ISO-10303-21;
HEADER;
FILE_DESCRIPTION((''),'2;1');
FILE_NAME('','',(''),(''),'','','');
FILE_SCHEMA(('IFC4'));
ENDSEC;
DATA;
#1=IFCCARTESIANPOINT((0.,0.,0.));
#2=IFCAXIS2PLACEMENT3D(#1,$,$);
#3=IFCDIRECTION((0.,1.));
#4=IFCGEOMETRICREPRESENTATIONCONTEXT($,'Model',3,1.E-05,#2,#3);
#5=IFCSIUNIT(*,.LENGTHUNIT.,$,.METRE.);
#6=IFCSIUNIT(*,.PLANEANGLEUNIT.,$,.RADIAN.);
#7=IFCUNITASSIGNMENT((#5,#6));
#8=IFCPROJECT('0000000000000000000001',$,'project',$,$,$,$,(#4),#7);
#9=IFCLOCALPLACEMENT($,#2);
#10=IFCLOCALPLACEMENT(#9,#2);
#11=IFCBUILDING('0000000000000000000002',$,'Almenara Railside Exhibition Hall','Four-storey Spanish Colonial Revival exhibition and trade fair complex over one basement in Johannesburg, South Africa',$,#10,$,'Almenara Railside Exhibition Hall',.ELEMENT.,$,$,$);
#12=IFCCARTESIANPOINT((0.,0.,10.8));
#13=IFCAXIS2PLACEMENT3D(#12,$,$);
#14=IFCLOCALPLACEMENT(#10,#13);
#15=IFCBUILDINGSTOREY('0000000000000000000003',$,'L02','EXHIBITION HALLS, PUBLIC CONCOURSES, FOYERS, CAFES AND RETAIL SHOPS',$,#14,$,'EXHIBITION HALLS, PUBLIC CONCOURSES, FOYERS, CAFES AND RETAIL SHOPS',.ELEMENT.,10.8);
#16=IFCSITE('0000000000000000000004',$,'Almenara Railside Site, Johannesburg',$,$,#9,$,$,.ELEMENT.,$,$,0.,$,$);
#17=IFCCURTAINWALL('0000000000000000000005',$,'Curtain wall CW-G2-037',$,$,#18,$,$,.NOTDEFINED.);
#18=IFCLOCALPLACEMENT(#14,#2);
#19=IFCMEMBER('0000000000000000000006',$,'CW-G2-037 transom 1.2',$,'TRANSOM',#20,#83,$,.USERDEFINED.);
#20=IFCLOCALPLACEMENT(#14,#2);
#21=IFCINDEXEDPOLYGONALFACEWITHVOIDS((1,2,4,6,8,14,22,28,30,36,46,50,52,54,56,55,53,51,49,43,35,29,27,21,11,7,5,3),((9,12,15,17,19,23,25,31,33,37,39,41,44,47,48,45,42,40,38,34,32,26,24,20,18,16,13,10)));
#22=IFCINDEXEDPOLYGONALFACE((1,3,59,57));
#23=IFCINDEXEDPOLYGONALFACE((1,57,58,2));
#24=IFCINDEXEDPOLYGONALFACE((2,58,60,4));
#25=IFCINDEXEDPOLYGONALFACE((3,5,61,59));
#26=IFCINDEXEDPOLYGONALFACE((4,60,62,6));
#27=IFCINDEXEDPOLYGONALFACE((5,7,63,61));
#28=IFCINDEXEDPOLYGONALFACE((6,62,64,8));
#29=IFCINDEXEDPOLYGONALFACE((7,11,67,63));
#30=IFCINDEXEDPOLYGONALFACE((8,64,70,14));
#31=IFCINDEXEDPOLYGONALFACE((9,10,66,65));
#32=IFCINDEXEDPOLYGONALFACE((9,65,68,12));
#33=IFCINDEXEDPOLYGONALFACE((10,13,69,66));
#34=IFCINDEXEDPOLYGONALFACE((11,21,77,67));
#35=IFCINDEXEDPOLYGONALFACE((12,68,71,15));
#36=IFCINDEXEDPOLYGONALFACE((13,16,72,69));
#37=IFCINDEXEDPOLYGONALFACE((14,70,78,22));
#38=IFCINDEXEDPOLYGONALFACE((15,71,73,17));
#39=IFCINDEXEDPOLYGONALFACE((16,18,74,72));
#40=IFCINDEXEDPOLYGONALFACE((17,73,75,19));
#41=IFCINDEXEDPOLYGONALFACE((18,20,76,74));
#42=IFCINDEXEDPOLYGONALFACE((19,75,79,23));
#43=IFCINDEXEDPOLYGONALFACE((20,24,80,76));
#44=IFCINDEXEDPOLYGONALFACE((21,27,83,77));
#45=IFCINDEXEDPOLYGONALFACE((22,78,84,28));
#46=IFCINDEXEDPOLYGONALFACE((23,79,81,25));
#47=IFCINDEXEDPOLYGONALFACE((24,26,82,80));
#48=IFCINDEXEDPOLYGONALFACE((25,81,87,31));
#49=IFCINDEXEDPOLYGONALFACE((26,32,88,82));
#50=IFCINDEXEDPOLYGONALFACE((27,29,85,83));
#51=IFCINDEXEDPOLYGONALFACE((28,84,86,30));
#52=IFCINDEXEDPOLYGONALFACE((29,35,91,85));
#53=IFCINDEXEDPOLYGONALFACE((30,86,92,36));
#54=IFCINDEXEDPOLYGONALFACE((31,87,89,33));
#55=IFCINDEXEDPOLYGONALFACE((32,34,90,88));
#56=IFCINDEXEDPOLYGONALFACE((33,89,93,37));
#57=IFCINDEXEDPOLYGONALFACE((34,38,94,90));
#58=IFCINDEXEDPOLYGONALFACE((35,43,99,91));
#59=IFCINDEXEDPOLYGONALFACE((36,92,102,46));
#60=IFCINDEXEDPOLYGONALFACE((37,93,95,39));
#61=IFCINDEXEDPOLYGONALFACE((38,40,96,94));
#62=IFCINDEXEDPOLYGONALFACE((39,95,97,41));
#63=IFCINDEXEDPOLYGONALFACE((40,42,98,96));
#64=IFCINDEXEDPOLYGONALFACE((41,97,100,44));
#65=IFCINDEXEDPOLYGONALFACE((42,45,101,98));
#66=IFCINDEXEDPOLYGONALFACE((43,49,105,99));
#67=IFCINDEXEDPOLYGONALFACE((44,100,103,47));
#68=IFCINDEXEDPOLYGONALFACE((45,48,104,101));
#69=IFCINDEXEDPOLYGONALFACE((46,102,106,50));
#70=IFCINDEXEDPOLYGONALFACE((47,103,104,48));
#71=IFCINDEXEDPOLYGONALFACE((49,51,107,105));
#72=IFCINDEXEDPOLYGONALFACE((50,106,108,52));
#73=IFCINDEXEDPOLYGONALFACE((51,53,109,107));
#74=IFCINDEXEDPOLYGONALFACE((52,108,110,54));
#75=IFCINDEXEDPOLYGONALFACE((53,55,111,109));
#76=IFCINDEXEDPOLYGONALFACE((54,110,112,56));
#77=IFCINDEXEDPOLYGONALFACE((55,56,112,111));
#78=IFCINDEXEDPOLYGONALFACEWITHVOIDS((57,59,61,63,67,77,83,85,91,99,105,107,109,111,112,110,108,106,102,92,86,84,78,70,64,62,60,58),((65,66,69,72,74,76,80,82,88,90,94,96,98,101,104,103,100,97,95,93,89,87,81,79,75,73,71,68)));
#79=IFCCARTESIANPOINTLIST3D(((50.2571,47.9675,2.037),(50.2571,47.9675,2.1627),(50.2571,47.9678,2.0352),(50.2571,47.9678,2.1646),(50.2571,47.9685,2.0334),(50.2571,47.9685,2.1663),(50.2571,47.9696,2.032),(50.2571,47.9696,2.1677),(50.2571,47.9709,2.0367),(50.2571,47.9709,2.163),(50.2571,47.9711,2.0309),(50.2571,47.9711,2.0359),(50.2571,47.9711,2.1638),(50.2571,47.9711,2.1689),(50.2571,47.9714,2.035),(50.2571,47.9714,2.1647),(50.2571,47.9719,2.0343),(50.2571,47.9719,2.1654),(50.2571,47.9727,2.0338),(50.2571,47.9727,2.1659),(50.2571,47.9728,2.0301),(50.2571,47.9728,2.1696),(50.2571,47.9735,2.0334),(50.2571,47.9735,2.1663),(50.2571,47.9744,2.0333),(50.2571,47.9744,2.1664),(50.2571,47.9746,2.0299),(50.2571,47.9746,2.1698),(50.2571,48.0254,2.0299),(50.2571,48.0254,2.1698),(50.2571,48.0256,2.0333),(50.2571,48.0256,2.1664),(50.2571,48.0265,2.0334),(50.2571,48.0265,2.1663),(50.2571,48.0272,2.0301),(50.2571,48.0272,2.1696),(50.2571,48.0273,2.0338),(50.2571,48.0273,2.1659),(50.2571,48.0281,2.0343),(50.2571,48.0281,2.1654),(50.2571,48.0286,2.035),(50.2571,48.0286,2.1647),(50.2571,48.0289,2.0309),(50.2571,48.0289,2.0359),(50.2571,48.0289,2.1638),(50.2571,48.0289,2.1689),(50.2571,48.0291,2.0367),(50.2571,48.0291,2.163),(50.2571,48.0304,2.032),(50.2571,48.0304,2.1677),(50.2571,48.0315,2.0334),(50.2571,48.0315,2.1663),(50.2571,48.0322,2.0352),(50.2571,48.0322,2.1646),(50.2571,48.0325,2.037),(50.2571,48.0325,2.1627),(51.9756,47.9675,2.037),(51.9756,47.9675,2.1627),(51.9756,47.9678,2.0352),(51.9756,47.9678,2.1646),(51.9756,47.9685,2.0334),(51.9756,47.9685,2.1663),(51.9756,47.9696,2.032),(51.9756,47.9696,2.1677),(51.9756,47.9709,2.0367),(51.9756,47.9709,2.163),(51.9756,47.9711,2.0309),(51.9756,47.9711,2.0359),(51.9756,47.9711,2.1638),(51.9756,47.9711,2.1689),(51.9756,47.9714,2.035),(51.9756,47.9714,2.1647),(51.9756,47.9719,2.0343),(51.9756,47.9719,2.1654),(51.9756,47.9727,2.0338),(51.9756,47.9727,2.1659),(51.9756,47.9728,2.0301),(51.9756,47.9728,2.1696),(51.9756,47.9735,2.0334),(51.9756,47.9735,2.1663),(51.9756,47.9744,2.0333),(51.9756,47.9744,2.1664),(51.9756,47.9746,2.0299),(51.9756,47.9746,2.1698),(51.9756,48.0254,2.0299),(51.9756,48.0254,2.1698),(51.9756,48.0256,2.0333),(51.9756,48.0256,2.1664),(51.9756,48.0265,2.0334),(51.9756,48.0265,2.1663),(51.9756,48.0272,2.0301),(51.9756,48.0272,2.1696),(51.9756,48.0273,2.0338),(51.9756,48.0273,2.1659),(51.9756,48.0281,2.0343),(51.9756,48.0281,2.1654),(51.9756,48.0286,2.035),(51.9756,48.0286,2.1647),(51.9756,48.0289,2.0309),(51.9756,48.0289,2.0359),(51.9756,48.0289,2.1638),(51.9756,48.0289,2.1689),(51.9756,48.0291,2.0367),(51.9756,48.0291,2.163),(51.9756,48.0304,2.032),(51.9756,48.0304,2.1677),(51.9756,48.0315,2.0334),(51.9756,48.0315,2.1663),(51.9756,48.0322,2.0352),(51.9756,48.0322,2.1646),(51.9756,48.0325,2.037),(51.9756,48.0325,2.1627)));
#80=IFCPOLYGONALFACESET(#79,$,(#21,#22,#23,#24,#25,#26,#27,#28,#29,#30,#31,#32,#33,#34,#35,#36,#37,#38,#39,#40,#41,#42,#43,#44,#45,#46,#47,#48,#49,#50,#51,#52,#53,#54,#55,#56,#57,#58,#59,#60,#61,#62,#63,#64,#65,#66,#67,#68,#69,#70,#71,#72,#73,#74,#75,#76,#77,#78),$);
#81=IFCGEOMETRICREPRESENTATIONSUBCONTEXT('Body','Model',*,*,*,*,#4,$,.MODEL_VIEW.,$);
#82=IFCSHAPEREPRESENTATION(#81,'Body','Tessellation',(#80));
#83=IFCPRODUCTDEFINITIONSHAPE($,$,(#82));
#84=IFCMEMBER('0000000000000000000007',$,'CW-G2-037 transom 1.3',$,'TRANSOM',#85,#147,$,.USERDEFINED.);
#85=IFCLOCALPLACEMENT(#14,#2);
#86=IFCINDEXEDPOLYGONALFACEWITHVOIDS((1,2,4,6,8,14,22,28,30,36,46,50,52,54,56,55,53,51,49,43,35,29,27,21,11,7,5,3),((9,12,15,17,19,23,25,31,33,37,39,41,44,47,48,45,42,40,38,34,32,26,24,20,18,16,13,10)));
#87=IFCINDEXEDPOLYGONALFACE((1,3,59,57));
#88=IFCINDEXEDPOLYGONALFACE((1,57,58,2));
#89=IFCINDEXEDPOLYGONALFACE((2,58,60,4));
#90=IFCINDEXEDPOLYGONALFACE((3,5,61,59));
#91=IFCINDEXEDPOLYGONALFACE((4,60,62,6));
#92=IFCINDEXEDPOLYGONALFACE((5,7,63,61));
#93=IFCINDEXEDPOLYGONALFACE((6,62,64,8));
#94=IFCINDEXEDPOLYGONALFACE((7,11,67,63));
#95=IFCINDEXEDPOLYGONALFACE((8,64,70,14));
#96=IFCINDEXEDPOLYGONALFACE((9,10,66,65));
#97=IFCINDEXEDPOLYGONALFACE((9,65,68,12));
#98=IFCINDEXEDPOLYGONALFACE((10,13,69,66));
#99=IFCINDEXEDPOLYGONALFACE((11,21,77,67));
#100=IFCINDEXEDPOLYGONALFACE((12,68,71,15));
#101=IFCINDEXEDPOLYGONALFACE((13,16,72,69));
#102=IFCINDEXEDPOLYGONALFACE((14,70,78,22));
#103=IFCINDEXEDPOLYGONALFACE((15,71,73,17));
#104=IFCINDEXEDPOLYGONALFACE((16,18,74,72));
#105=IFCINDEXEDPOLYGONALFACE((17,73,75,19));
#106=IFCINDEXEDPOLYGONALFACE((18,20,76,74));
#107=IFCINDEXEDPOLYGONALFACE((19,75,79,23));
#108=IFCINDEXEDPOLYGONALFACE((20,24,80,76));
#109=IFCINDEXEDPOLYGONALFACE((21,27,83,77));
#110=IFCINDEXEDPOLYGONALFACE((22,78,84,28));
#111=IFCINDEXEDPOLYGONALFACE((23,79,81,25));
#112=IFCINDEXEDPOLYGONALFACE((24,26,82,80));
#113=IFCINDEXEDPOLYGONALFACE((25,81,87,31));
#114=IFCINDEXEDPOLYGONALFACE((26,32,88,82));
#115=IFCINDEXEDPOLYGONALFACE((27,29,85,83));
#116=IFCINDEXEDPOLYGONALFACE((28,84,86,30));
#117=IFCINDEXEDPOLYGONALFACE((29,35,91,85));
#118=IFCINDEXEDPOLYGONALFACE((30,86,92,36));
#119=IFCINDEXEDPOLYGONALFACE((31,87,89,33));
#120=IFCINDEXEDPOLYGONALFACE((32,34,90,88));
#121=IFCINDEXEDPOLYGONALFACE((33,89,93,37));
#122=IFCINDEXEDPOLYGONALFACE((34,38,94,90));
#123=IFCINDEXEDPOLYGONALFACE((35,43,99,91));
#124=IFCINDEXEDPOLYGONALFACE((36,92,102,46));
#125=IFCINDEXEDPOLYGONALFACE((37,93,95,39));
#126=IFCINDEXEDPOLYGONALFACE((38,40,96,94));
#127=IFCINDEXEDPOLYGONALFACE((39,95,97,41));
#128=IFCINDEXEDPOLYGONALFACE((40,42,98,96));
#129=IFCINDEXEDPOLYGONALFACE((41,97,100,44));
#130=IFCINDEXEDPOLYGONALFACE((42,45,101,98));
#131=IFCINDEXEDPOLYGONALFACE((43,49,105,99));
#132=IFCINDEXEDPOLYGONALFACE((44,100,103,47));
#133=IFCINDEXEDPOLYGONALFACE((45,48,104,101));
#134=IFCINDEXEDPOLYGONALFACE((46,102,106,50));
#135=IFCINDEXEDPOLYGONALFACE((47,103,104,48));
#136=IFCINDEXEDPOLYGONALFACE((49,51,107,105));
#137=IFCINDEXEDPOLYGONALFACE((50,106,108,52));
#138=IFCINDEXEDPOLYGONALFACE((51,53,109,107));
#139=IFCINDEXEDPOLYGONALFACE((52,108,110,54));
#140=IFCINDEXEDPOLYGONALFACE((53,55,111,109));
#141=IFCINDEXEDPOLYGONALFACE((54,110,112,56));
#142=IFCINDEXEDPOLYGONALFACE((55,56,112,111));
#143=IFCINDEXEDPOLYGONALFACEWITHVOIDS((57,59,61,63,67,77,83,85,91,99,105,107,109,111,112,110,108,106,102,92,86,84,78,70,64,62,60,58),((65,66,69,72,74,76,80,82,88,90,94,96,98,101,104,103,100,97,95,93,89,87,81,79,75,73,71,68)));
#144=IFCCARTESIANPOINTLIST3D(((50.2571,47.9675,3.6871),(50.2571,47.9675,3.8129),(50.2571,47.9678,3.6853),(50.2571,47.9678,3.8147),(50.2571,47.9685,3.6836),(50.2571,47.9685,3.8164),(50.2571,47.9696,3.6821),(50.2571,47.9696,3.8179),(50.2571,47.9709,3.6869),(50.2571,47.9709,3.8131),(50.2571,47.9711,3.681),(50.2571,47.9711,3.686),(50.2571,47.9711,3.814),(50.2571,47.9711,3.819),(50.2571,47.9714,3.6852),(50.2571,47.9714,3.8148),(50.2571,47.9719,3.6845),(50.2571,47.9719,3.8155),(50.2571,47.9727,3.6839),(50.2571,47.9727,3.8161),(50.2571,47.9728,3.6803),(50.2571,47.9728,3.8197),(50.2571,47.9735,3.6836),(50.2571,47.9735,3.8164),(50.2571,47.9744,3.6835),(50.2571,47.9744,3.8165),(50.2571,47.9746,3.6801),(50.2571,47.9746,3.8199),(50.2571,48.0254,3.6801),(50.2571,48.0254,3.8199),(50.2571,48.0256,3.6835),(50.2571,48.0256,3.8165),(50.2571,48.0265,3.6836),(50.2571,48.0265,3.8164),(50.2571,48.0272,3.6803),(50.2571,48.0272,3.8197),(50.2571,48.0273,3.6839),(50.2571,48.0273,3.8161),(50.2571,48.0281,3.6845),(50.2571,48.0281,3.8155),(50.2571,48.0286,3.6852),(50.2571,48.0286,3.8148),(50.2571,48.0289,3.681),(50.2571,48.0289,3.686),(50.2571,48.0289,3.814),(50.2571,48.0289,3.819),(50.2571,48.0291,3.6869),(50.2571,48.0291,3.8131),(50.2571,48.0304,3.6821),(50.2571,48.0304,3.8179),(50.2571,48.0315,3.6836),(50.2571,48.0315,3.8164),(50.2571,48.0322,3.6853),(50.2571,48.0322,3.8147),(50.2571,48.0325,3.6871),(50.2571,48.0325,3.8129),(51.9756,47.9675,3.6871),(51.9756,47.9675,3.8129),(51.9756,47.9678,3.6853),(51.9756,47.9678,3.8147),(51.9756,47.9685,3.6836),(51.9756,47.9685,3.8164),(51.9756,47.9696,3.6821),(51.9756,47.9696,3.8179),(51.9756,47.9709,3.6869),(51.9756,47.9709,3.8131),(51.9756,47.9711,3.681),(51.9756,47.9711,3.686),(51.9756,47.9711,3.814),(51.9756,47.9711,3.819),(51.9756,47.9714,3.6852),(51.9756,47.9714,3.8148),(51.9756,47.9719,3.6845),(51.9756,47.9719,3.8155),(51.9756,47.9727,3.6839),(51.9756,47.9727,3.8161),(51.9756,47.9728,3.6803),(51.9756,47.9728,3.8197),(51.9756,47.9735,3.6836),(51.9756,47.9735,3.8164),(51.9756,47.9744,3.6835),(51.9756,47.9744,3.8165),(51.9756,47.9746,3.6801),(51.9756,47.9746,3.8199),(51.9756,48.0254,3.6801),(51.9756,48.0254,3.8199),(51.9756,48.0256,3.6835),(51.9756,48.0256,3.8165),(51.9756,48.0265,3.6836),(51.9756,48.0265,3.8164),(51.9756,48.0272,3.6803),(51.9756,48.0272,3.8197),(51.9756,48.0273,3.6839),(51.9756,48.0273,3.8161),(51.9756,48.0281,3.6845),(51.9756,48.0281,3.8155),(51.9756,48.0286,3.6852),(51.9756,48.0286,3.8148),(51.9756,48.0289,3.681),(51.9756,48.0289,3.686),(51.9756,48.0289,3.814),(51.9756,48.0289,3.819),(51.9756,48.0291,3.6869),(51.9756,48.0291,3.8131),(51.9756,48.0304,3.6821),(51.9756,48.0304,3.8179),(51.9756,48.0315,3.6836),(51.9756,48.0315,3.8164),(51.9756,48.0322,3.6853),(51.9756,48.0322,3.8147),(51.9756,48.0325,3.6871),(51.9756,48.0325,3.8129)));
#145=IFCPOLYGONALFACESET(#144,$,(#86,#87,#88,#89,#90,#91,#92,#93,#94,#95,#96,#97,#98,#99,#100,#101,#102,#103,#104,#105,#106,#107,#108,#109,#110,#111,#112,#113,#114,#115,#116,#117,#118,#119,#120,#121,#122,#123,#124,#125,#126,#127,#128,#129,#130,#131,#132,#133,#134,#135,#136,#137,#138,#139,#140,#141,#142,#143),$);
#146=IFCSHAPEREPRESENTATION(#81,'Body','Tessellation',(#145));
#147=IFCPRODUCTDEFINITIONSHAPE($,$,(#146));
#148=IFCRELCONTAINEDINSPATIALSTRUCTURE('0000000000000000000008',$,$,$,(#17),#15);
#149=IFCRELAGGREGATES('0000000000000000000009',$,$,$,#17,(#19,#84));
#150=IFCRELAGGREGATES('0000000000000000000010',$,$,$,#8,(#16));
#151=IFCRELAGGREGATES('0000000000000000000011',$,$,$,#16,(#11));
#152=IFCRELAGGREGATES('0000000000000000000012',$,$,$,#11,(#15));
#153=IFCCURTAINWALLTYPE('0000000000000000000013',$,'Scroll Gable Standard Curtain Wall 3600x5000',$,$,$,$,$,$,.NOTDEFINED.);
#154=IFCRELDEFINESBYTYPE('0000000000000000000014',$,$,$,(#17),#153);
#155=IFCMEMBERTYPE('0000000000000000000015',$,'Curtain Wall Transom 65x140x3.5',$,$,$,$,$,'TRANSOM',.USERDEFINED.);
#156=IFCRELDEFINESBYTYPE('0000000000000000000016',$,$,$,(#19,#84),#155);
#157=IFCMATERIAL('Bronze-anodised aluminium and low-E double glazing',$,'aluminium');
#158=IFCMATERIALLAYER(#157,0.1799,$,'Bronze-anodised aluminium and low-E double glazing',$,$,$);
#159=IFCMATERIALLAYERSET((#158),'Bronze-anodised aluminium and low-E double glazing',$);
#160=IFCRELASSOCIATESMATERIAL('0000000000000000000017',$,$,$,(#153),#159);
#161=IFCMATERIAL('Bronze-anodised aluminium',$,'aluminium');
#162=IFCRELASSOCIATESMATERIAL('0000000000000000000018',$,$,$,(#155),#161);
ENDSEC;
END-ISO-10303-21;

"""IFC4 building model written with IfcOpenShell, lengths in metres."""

from ifc_helpers import new_model, si_unit, direction, frame, origin, origin_2d, place, context, subcontext, project, spatial, hollow_rectangle, extrude, material, layer, layer_set, material_profile, profile_set, type_object, element, aggregate, save


model = new_model("IFC4")

# Units and contexts
model_context = context("Model", 3, precision=1e-05, world=origin(), true_north=direction((0.0, 1.0)))
body_context = subcontext(model_context, "Body", "Model", "MODEL_VIEW")
ifc_project = project(units=[si_unit("LENGTHUNIT", "METRE"), si_unit("PLANEANGLEUNIT", "RADIAN")], contexts=[model_context])

# Site, building, storey
site_placement = place(None, origin())
site = spatial("IfcSite", under=ifc_project, at=site_placement, Name="Almenara Railside Site, Johannesburg", CompositionType="ELEMENT", RefElevation=0.0)
building_placement = place(site_placement, origin())
building = spatial("IfcBuilding", under=site, at=building_placement, Name="Almenara Railside Exhibition Hall", Description="Four-storey Spanish Colonial Revival exhibition and trade fair complex over one basement in Johannesburg, South Africa", LongName="Almenara Railside Exhibition Hall", CompositionType="ELEMENT")
storey_placement = place(building_placement, frame((0.0, 0.0, 10.8)))
storey = spatial("IfcBuildingStorey", under=building, at=storey_placement, Name="L02", Description="EXHIBITION HALLS, PUBLIC CONCOURSES, FOYERS, CAFES AND RETAIL SHOPS", LongName="EXHIBITION HALLS, PUBLIC CONCOURSES, FOYERS, CAFES AND RETAIL SHOPS", CompositionType="ELEMENT", Elevation=10.8)

# Curtain wall
ifc_material_1 = material(Name="Bronze-anodised aluminium and low-E double glazing", Category="aluminium")
ifc_layer_1 = layer(ifc_material_1, 0.1799, Name="Bronze-anodised aluminium and low-E double glazing")
ifc_layer_set_1 = layer_set([ifc_layer_1], Name="Bronze-anodised aluminium and low-E double glazing")
curtain_wall_type_1 = type_object("IfcCurtainWallType", Name="Scroll Gable Standard Curtain Wall 3600x5000", PredefinedType="NOTDEFINED", material=ifc_layer_set_1)
curtain_wall_1_placement = place(storey_placement, origin())
curtain_wall_1 = element("IfcCurtainWall", 1, at=curtain_wall_1_placement, inside=storey, type_object=curtain_wall_type_1, Name="Curtain wall CW-G2-037", PredefinedType="NOTDEFINED")
ifc_material_2 = material(Name="Bronze-anodised aluminium", Category="aluminium")

# Members
ifc_material_profile_1 = material_profile(ifc_material_2, hollow_rectangle(XDim=0.0649, YDim=0.1399, WallThickness=0.0034, InnerFilletRadius=0.0034, OuterFilletRadius=0.0071, at=origin_2d()), Name="ALU-TRN 65x140x3.5")
ifc_profile_set_1 = profile_set([ifc_material_profile_1], Name="Bronze-anodised aluminium")
member_type_1 = type_object("IfcMemberType", Name="Curtain Wall Transom 65x140x3.5", ElementType="TRANSOM", PredefinedType="USERDEFINED", material=ifc_profile_set_1)
member_1_placement = place(storey_placement, frame((50.2571, 48.0, 2.0999), z_axis=(1.0, 0.0, 0.0), x_axis=(0.0, 1.0, 0.0)))
member_1 = element("IfcMember", 2, at=member_1_placement, type_object=member_type_1, Name="CW-G2-037 transom 1.2", ObjectType="TRANSOM", PredefinedType="USERDEFINED", context=body_context, shape_type="SweptSolid", body=[
    extrude(hollow_rectangle(XDim=0.0649, YDim=0.1399, WallThickness=0.0034, InnerFilletRadius=0.0034, OuterFilletRadius=0.0071, at=origin_2d()), origin(), (0.0, 0.0, 1.0), 1.7185),
])
member_2_placement = place(storey_placement, frame((50.2571, 48.0, 3.75), z_axis=(1.0, 0.0, 0.0), x_axis=(0.0, 1.0, 0.0)))
member_2 = element("IfcMember", 3, at=member_2_placement, type_object=member_type_1, Name="CW-G2-037 transom 1.3", ObjectType="TRANSOM", PredefinedType="USERDEFINED", context=body_context, shape_type="SweptSolid", body=[
    extrude(hollow_rectangle(XDim=0.0649, YDim=0.1399, WallThickness=0.0034, InnerFilletRadius=0.0034, OuterFilletRadius=0.0071, at=origin_2d()), origin(), (0.0, 0.0, 1.0), 1.7185),
])

aggregate(curtain_wall_1, [member_1, member_2])

save(model, "model.ifc")
